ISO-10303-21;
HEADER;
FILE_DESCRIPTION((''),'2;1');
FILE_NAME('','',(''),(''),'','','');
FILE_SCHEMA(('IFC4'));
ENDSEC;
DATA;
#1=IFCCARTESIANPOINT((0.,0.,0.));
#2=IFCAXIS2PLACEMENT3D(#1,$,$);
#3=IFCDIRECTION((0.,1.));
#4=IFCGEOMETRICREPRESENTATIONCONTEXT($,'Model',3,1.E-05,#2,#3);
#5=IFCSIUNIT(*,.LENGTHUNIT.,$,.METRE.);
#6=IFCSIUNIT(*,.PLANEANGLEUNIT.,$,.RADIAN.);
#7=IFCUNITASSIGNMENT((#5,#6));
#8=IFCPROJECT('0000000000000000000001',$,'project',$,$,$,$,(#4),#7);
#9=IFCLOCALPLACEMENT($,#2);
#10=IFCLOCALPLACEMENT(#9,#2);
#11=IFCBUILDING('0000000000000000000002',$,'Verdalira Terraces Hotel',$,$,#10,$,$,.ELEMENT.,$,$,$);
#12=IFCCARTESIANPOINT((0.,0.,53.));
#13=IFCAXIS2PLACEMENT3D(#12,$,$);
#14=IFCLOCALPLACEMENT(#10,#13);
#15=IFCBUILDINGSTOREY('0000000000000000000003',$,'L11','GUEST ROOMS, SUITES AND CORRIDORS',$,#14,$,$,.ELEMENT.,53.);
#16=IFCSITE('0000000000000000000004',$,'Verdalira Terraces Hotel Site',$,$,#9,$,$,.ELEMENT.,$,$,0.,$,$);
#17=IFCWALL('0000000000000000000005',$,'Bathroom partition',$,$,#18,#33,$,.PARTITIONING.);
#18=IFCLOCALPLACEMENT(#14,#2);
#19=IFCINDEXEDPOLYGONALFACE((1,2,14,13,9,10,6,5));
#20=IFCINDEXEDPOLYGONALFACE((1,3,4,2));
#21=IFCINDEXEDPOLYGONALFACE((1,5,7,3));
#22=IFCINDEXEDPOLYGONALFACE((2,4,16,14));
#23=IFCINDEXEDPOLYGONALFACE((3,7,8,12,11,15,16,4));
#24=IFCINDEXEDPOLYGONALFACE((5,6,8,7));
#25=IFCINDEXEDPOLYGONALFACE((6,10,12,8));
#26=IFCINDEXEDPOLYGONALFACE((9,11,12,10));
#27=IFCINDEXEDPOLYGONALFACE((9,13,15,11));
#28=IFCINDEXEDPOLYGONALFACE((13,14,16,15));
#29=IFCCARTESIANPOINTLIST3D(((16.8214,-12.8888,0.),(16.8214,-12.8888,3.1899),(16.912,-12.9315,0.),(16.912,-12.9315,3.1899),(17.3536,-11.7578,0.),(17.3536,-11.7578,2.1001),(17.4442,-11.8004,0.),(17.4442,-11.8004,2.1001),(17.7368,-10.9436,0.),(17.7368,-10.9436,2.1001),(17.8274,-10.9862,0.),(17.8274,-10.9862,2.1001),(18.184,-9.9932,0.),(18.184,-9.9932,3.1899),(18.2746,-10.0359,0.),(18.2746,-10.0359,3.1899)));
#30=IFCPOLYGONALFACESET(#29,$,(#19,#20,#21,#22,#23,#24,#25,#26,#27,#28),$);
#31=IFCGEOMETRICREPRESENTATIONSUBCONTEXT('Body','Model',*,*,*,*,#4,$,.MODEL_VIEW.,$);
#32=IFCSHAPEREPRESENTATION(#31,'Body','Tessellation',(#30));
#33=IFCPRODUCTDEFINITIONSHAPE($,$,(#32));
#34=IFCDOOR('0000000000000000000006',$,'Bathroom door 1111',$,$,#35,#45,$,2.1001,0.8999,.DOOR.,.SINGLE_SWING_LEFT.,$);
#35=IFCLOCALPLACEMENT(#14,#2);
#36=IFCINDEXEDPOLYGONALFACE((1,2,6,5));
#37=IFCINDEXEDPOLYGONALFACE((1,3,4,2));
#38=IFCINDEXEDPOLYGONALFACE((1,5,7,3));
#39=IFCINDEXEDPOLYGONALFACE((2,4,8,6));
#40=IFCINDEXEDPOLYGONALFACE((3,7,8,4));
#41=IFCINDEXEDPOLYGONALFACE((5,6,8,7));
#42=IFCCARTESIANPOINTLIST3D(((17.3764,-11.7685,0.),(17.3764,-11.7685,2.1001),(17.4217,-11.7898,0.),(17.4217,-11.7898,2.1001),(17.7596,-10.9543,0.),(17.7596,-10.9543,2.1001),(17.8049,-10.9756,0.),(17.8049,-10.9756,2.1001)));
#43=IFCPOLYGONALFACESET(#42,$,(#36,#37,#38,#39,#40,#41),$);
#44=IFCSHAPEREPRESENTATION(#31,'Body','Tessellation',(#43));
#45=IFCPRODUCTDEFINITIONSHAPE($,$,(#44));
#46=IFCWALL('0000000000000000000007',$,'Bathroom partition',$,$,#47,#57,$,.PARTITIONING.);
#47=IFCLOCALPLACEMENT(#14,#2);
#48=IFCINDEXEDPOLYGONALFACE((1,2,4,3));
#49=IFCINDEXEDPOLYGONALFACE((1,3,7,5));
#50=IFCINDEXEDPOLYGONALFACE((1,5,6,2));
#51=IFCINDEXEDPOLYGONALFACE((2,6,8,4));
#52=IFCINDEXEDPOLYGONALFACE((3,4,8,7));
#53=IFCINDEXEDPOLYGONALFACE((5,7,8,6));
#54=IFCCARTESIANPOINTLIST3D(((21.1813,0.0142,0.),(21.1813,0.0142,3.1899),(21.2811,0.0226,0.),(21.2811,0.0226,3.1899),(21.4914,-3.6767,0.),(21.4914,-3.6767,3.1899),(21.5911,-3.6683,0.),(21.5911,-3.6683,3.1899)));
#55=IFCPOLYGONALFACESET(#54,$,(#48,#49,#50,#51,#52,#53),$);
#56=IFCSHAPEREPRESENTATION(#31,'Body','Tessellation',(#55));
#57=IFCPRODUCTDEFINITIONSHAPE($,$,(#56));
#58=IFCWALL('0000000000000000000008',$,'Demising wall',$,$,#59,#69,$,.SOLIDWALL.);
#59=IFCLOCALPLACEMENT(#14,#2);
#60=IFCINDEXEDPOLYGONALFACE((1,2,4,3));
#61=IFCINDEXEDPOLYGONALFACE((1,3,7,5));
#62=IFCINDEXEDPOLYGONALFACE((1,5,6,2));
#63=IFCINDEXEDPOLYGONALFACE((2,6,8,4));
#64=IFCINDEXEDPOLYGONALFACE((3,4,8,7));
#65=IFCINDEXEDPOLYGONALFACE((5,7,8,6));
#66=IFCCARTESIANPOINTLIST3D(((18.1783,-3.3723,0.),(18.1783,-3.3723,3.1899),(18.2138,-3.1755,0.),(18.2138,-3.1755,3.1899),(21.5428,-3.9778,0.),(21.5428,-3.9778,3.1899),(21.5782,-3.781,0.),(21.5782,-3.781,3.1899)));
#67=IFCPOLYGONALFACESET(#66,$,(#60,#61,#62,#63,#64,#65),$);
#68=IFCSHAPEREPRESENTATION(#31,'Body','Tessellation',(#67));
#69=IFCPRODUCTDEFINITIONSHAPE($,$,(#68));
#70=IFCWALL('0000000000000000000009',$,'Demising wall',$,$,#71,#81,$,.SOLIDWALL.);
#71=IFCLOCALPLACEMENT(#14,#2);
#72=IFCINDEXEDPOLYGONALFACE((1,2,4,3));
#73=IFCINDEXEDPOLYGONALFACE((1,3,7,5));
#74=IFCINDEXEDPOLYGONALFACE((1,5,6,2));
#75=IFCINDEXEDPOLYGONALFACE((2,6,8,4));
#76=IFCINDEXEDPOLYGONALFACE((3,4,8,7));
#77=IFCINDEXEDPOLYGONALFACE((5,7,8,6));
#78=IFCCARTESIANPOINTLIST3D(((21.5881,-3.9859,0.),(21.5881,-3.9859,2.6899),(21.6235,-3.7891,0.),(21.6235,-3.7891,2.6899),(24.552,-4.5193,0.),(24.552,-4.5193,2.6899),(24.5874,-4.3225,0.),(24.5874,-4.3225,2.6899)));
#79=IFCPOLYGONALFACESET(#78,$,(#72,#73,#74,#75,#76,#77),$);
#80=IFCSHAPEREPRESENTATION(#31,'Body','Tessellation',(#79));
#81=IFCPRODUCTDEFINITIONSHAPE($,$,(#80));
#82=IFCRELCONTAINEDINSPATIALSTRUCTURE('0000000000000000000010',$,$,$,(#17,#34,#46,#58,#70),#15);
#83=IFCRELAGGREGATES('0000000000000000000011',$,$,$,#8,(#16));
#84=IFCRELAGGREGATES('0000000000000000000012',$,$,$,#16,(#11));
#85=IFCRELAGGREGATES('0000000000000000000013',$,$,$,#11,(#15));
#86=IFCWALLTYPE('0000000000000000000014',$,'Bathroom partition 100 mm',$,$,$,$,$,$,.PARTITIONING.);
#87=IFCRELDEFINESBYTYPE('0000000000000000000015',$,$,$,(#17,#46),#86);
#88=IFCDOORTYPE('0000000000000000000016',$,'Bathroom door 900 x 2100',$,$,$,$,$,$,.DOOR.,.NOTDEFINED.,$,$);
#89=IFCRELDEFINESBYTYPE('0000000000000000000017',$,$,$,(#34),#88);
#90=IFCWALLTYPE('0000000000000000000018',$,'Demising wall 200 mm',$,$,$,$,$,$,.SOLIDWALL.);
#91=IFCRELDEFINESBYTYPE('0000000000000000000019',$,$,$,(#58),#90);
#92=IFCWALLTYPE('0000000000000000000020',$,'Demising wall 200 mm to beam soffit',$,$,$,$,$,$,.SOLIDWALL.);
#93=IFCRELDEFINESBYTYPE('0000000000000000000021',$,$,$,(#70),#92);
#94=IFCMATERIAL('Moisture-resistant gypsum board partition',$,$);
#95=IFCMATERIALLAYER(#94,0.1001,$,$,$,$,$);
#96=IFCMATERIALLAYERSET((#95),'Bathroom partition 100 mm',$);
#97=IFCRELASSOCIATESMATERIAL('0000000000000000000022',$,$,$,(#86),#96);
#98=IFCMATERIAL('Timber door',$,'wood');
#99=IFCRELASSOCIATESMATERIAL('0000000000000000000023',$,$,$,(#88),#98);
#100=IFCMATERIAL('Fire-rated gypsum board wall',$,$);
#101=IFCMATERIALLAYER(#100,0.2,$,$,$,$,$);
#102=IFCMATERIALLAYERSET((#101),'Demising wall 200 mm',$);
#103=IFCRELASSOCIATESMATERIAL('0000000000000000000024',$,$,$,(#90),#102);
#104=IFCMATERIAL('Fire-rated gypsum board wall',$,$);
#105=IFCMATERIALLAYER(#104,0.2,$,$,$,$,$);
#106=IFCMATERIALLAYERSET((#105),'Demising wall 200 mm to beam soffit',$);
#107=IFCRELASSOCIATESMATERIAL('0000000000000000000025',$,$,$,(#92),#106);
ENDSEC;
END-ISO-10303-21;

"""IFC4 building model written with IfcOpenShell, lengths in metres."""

from ifc_helpers import new_model, si_unit, direction, frame, frame_2d, origin, place, context, subcontext, project, spatial, rectangle, extrude, material, layer, layer_set, type_object, element, fill, save


model = new_model("IFC4")

# Units and contexts
model_context = context("Model", 3, precision=1e-05, world=origin(), true_north=direction((0.0, 1.0)))
body_context = subcontext(model_context, "Body", "Model", "MODEL_VIEW")
ifc_project = project(units=[si_unit("LENGTHUNIT", "METRE"), si_unit("PLANEANGLEUNIT", "RADIAN")], contexts=[model_context])

# Site, building, storey
site_placement = place(None, origin())
site = spatial("IfcSite", under=ifc_project, at=site_placement, Name="Verdalira Terraces Hotel Site", CompositionType="ELEMENT", RefElevation=0.0)
building_placement = place(site_placement, origin())
building = spatial("IfcBuilding", under=site, at=building_placement, Name="Verdalira Terraces Hotel", CompositionType="ELEMENT")
storey_placement = place(building_placement, frame((0.0, 0.0, 53.0)))
storey = spatial("IfcBuildingStorey", under=building, at=storey_placement, Name="L11", Description="GUEST ROOMS, SUITES AND CORRIDORS", CompositionType="ELEMENT", Elevation=53.0)

# Wall, opening, door
ifc_material_1 = material(Name="Moisture-resistant gypsum board partition")
ifc_layer_1 = layer(ifc_material_1, 0.1001)
ifc_layer_set_1 = layer_set([ifc_layer_1], Name="Bathroom partition 100 mm")
wall_type_1 = type_object("IfcWallType", Name="Bathroom partition 100 mm", PredefinedType="PARTITIONING", material=ifc_layer_set_1)
wall_1_placement = place(storey_placement, frame((16.8667, -12.9102, 0.0), z_axis=(0.0, 0.0, 1.0), x_axis=(0.425786, 0.904824, 0.0)))
wall_1 = element("IfcWall", 1, at=wall_1_placement, inside=storey, type_object=wall_type_1, Name="Bathroom partition", PredefinedType="PARTITIONING", context=body_context, shape_type="SweptSolid", body=[
    extrude(rectangle(XDim=3.2002, YDim=0.1001, at=frame_2d((1.6001, 0.0))), origin(), (0.0, 0.0, 1.0), 3.1899),
])
opening_placement = place(wall_1_placement, frame((1.25, 0.0, 0.0)))
opening = element("IfcOpeningElement", 2, at=opening_placement, cuts=wall_1, PredefinedType="OPENING", context=body_context, shape_type="SweptSolid", body=[
    extrude(rectangle(XDim=0.8999, YDim=2.1001, at=frame_2d((0.45, 1.05))), frame((0.0, 0.0601, 0.0), z_axis=(0.0, -1.0, 0.0), x_axis=(1.0, 0.0, 0.0)), (0.0, 0.0, 1.0), 0.1201),
])
ifc_material_2 = material(Name="Timber door", Category="wood")
door_type = type_object("IfcDoorType", Name="Bathroom door 900 x 2100", OperationType="NOTDEFINED", PredefinedType="DOOR", material=ifc_material_2)
door_placement = place(opening_placement, origin())
door = element("IfcDoor", 3, at=door_placement, inside=storey, type_object=door_type, Name="Bathroom door 1111", OperationType="SINGLE_SWING_LEFT", OverallHeight=2.1001, OverallWidth=0.8999, PredefinedType="DOOR", context=body_context, shape_type="SweptSolid", body=[
    extrude(rectangle(XDim=0.8999, YDim=2.1001, at=frame_2d((0.45, 1.05))), frame((0.0, 0.0249, 0.0), z_axis=(0.0, -1.0, 0.0), x_axis=(1.0, 0.0, 0.0)), (0.0, 0.0, 1.0), 0.05),
])
fill(opening, door)

# Walls
wall_2_placement = place(storey_placement, frame((21.5413, -3.6726, 0.0), z_axis=(0.0, 0.0, 1.0), x_axis=(-0.083711, 0.99649, 0.0)))
element("IfcWall", 4, at=wall_2_placement, inside=storey, type_object=wall_type_1, Name="Bathroom partition", PredefinedType="PARTITIONING", context=body_context, shape_type="SweptSolid", body=[
    extrude(rectangle(XDim=3.7039, YDim=0.1001, at=frame_2d((1.8521, 0.0))), origin(), (0.0, 0.0, 1.0), 3.1899),
])
ifc_material_3 = material(Name="Fire-rated gypsum board wall")
ifc_layer_2 = layer(ifc_material_3, 0.2)
ifc_layer_set_2 = layer_set([ifc_layer_2], Name="Demising wall 200 mm")
wall_type_2 = type_object("IfcWallType", Name="Demising wall 200 mm", PredefinedType="SOLIDWALL", material=ifc_layer_set_2)
wall_3_placement = place(storey_placement, frame((18.196, -3.2739, 0.0), z_axis=(0.0, 0.0, 1.0), x_axis=(0.984191, -0.177113, 0.0)))
element("IfcWall", 5, at=wall_3_placement, inside=storey, type_object=wall_type_2, Name="Demising wall", PredefinedType="SOLIDWALL", context=body_context, shape_type="SweptSolid", body=[
    extrude(rectangle(XDim=3.4185, YDim=0.2, at=frame_2d((1.7092, 0.0))), origin(), (0.0, 0.0, 1.0), 3.1899),
])
ifc_material_4 = material(Name="Fire-rated gypsum board wall")
ifc_layer_3 = layer(ifc_material_4, 0.2)
ifc_layer_set_3 = layer_set([ifc_layer_3], Name="Demising wall 200 mm to beam soffit")
wall_type_3 = type_object("IfcWallType", Name="Demising wall 200 mm to beam soffit", PredefinedType="SOLIDWALL", material=ifc_layer_set_3)
wall_4_placement = place(storey_placement, frame((21.6057, -3.8875, 0.0), z_axis=(0.0, 0.0, 1.0), x_axis=(0.984186, -0.177137, 0.0)))
element("IfcWall", 6, at=wall_4_placement, inside=storey, type_object=wall_type_3, Name="Demising wall", PredefinedType="SOLIDWALL", context=body_context, shape_type="SweptSolid", body=[
    extrude(rectangle(XDim=3.0115, YDim=0.2, at=frame_2d((1.5059, 0.0))), origin(), (0.0, 0.0, 1.0), 2.6899),
])

save(model, "model.ifc")
